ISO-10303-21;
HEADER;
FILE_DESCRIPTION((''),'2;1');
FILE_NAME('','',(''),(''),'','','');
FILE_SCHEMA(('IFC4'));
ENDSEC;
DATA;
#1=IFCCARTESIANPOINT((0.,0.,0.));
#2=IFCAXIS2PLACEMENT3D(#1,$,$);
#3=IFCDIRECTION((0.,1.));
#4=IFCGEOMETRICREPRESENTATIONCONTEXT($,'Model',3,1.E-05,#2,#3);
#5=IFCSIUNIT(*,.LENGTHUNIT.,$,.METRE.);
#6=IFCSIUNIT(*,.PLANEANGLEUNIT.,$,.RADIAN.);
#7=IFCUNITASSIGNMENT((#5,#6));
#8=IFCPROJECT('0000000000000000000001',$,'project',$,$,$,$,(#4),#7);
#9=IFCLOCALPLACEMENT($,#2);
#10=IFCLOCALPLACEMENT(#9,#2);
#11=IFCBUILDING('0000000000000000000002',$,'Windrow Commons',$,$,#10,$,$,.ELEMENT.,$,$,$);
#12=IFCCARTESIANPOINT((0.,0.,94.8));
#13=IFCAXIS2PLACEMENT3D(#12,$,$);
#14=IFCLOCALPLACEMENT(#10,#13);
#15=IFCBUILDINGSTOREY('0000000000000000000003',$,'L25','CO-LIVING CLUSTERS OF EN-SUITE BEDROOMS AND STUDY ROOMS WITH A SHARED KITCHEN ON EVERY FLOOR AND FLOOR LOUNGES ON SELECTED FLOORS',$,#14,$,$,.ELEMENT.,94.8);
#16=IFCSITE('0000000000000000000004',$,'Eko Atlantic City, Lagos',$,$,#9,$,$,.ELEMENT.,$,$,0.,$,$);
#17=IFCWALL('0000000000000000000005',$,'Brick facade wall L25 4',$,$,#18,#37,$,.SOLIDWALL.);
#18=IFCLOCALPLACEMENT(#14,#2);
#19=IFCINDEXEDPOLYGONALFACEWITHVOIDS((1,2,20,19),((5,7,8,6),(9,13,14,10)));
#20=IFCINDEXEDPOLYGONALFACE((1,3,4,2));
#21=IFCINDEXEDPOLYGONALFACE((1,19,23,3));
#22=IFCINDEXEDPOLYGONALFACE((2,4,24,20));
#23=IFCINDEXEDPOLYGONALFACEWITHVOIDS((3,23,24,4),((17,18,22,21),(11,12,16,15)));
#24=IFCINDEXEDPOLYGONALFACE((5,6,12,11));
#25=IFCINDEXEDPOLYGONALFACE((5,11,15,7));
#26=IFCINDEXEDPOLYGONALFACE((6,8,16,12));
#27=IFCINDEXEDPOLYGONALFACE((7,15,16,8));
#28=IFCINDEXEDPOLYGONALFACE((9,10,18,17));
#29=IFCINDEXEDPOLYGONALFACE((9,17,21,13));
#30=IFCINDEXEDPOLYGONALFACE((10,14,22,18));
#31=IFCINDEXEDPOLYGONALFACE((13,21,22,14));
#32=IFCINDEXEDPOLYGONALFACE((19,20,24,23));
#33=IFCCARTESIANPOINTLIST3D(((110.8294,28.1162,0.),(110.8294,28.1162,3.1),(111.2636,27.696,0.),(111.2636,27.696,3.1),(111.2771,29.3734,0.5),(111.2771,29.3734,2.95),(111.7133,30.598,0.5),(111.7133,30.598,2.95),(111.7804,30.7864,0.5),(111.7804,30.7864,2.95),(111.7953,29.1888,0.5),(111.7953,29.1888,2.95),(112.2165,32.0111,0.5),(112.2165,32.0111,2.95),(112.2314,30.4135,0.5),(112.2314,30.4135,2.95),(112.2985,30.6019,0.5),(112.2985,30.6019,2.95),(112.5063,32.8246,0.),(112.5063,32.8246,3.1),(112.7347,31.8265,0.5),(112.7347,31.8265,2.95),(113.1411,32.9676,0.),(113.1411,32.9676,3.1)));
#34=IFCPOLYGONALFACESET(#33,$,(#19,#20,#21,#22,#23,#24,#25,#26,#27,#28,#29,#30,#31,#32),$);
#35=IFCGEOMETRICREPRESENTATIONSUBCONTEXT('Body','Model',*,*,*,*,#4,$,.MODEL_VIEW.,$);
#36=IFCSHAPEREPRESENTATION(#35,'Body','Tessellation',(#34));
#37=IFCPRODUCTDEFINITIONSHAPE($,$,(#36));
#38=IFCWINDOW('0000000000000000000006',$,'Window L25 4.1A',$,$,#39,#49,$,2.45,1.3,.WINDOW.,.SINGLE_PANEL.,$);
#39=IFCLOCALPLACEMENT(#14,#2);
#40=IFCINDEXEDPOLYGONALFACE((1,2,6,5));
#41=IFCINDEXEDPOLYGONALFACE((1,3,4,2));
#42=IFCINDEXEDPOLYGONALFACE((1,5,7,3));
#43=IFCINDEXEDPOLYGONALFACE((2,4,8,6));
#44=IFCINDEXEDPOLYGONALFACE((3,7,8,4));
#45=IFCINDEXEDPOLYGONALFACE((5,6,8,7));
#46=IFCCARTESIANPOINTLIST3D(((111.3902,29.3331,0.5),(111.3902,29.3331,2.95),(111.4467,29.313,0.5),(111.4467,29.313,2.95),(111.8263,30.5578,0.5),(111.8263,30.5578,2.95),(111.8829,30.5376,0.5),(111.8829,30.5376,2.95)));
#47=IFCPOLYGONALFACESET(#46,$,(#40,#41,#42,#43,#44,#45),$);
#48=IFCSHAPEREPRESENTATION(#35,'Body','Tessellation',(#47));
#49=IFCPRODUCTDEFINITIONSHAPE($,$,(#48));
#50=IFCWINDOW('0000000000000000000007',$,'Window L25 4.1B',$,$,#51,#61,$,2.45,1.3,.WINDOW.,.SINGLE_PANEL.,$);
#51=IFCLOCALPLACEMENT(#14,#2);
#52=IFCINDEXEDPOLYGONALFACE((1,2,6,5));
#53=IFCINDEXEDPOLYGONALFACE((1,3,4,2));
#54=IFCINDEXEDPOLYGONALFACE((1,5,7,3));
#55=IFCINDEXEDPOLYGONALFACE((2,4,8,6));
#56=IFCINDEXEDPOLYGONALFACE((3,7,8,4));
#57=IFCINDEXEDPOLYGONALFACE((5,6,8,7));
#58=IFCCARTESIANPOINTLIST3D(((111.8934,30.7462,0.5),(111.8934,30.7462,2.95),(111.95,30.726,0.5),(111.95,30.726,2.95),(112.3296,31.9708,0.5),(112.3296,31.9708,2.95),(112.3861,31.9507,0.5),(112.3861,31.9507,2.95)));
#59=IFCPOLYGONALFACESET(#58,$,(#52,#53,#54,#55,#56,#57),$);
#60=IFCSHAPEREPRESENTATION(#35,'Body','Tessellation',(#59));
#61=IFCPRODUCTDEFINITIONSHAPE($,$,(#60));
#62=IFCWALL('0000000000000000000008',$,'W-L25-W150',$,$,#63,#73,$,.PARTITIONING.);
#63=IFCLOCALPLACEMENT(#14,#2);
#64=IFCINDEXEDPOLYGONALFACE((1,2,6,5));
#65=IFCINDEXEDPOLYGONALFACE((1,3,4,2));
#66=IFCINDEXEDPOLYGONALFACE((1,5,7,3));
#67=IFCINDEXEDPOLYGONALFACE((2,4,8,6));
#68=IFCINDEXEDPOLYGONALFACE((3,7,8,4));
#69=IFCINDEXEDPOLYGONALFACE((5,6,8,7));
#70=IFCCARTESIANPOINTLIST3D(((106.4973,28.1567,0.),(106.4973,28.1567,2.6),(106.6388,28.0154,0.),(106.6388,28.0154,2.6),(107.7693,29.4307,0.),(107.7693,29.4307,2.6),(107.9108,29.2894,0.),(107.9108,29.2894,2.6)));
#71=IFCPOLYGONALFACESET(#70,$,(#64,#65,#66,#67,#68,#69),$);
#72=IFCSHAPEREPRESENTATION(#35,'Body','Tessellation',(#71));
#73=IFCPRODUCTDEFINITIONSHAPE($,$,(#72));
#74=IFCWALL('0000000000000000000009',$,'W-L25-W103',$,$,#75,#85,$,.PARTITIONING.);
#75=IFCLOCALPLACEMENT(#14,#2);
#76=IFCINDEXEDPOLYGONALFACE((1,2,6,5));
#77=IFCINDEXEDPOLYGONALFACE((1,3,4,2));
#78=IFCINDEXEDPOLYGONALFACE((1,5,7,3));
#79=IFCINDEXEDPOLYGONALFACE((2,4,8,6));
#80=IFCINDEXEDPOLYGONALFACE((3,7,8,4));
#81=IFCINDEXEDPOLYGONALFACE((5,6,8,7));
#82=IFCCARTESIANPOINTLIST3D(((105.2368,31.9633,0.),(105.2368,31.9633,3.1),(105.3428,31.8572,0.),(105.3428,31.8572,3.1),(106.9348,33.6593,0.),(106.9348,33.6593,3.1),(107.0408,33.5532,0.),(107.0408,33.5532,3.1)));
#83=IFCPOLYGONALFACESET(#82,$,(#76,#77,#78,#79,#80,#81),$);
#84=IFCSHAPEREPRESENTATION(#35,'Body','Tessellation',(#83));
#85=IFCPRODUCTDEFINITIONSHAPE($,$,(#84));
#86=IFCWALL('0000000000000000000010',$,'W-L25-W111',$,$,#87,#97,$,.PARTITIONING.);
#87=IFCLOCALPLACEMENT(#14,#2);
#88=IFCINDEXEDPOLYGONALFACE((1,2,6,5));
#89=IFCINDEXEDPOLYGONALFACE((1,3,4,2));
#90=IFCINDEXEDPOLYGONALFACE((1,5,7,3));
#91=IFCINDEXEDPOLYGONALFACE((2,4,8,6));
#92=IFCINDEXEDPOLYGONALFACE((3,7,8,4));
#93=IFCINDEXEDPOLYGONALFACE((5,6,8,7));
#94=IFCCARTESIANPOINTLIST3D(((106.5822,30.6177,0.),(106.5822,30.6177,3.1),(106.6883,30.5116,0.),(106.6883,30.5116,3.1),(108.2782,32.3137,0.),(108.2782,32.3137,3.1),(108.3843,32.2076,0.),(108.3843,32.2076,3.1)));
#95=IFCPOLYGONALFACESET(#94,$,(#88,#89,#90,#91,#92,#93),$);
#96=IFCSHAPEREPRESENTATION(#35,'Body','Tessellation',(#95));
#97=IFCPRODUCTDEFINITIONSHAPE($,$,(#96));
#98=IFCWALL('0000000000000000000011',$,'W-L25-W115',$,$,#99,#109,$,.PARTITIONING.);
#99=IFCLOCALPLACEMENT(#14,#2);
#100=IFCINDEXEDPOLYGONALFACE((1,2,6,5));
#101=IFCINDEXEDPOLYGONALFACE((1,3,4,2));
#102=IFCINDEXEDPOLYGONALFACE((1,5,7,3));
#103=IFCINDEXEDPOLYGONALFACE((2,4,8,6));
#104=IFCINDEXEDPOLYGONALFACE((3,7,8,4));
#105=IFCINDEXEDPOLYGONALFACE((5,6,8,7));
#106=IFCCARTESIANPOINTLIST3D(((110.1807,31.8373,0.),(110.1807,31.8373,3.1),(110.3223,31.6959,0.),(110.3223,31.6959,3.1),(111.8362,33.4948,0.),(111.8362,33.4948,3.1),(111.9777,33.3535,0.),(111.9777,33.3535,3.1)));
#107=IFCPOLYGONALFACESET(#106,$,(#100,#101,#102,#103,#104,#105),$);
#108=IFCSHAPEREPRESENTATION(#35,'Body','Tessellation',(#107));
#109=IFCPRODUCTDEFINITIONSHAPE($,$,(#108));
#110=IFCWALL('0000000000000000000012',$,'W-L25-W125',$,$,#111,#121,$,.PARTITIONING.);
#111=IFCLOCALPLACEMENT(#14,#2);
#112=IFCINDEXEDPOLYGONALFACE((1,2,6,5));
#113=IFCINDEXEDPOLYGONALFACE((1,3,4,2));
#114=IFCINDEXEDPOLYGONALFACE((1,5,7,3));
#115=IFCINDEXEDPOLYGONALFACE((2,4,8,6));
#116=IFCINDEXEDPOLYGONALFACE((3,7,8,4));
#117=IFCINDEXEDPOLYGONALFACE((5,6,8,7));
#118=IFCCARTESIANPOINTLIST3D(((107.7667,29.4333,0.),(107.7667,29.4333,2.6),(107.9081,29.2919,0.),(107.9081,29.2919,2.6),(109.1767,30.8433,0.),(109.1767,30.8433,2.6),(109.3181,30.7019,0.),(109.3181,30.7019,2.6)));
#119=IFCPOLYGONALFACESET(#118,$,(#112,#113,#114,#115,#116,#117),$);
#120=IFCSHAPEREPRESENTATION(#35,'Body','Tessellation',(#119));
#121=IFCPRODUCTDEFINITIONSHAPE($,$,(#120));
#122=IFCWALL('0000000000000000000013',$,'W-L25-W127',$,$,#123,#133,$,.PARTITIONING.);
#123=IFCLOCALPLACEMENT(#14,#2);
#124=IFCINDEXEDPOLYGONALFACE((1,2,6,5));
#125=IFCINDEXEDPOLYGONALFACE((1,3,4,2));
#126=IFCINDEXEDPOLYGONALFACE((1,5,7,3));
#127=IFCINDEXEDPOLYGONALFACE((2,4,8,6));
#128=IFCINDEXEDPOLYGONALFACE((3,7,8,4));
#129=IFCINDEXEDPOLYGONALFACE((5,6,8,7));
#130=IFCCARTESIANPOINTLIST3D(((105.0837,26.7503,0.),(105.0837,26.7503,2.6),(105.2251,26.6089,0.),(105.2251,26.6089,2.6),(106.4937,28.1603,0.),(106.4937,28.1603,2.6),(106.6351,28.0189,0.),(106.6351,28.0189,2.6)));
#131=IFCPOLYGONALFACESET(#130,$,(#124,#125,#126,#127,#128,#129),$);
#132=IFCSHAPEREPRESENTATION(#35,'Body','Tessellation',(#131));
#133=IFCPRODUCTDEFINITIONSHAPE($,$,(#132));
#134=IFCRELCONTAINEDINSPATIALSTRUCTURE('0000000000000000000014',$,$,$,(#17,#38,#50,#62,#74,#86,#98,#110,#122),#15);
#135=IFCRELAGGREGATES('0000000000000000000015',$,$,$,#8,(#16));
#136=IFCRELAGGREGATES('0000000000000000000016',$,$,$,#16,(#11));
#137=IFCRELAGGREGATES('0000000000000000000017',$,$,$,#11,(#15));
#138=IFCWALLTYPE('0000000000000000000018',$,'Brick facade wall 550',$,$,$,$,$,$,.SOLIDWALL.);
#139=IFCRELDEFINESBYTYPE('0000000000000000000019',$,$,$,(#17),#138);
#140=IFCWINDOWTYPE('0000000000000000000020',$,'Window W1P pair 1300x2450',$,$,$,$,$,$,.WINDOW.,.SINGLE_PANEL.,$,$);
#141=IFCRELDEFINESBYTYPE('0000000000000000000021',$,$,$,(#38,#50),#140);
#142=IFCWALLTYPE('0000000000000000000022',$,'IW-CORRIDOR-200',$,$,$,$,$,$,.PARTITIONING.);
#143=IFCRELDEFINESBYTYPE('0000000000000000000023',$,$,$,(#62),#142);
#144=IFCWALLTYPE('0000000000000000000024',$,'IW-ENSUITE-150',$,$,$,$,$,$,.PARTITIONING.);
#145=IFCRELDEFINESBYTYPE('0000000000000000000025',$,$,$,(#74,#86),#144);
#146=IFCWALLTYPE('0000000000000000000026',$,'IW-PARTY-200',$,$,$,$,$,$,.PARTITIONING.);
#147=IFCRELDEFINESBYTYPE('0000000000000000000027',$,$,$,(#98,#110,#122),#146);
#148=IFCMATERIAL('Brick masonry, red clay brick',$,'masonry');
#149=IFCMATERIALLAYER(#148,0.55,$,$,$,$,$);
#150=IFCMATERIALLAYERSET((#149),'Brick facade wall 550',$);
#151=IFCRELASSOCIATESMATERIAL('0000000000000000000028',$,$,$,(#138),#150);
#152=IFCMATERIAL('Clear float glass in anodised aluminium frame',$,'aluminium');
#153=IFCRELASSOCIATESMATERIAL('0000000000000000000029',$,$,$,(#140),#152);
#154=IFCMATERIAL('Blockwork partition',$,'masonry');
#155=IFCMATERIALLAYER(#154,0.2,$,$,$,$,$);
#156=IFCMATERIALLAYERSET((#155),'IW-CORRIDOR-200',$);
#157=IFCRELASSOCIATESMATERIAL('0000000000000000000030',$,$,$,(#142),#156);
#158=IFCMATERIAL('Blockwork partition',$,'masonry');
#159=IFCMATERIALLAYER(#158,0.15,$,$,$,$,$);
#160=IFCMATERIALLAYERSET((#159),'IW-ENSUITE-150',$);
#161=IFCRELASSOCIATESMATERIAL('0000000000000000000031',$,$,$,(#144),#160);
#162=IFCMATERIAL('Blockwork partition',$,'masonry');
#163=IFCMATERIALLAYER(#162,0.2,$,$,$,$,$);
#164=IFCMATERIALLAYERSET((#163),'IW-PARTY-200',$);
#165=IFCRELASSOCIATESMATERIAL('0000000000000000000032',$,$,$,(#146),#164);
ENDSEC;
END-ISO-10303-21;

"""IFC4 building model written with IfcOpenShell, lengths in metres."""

from ifc_helpers import new_model, si_unit, direction, frame, frame_2d, origin, place, context, subcontext, project, spatial, polyline, rectangle, outline, extrude, material, layer, layer_set, type_object, element, fill, save


model = new_model("IFC4")

# Units and contexts
model_context = context("Model", 3, precision=1e-05, world=origin(), true_north=direction((0.0, 1.0)))
body_context = subcontext(model_context, "Body", "Model", "MODEL_VIEW")
ifc_project = project(units=[si_unit("LENGTHUNIT", "METRE"), si_unit("PLANEANGLEUNIT", "RADIAN")], contexts=[model_context])

# Site, building, storey
site_placement = place(None, origin())
site = spatial("IfcSite", under=ifc_project, at=site_placement, Name="Eko Atlantic City, Lagos", CompositionType="ELEMENT", RefElevation=0.0)
building_placement = place(site_placement, origin())
building = spatial("IfcBuilding", under=site, at=building_placement, Name="Windrow Commons", CompositionType="ELEMENT")
storey_placement = place(building_placement, frame((0.0, 0.0, 94.8)))
storey = spatial("IfcBuildingStorey", under=building, at=storey_placement, Name="L25", Description="CO-LIVING CLUSTERS OF EN-SUITE BEDROOMS AND STUDY ROOMS WITH A SHARED KITCHEN ON EVERY FLOOR AND FLOOR LOUNGES ON SELECTED FLOORS", CompositionType="ELEMENT", Elevation=94.8)

# Wall, openings, windows
ifc_material_1 = material(Name="Brick masonry, red clay brick", Category="masonry")
ifc_layer_1 = layer(ifc_material_1, 0.55)
ifc_layer_set_1 = layer_set([ifc_layer_1], Name="Brick facade wall 550")
wall_type_1 = type_object("IfcWallType", Name="Brick facade wall 550", PredefinedType="SOLIDWALL", material=ifc_layer_set_1)
ifc_material_2 = material(Name="Clear float glass in anodised aluminium frame", Category="aluminium")
window_type_1 = type_object("IfcWindowType", Name="Window W1P pair 1300x2450", PartitioningType="SINGLE_PANEL", PredefinedType="WINDOW", material=ifc_material_2)
wall_1_placement = place(storey_placement, frame((111.0465, 27.9061, 0.0), z_axis=(0.0, 0.0, 1.0), x_axis=(0.335503, 0.942039, 0.0)))
wall_1 = element("IfcWall", 1, at=wall_1_placement, inside=storey, type_object=wall_type_1, Name="Brick facade wall L25 4", PredefinedType="SOLIDWALL", context=body_context, shape_type="SweptSolid", body=[
    extrude(outline(polyline([(-0.1251, -0.275), (5.4709, -0.275), (5.1232, 0.275), (0.1251, 0.275), (-0.1251, -0.275)])), origin(), (0.0, 0.0, 1.0), 3.1),
])
opening_1_placement = place(wall_1_placement, frame((1.4596, 0.0, 0.5)))
opening_1 = element("IfcOpeningElement", 2, at=opening_1_placement, cuts=wall_1, PredefinedType="OPENING", context=body_context, shape_type="SweptSolid", body=[
    extrude(rectangle(XDim=1.3, YDim=2.45, at=frame_2d((0.65, 1.225))), frame((0.0, 0.285, 0.0), z_axis=(0.0, -1.0, 0.0), x_axis=(1.0, 0.0, 0.0)), (0.0, 0.0, 1.0), 0.57),
])
opening_2_placement = place(wall_1_placement, frame((2.9596, 0.0, 0.5)))
opening_2 = element("IfcOpeningElement", 3, at=opening_2_placement, cuts=wall_1, PredefinedType="OPENING", context=body_context, shape_type="SweptSolid", body=[
    extrude(rectangle(XDim=1.3, YDim=2.45, at=frame_2d((0.65, 1.225))), frame((0.0, 0.285, 0.0), z_axis=(0.0, -1.0, 0.0), x_axis=(1.0, 0.0, 0.0)), (0.0, 0.0, 1.0), 0.57),
])
window_1_placement = place(opening_1_placement, origin())
window_1 = element("IfcWindow", 4, at=window_1_placement, inside=storey, type_object=window_type_1, Name="Window L25 4.1A", OverallHeight=2.45, OverallWidth=1.3, PartitioningType="SINGLE_PANEL", PredefinedType="WINDOW", context=body_context, shape_type="SweptSolid", body=[
    extrude(rectangle(XDim=1.3, YDim=2.45, at=frame_2d((0.65, 1.225))), frame((0.0, 0.155, 0.0), z_axis=(0.0, -1.0, 0.0), x_axis=(1.0, 0.0, 0.0)), (0.0, 0.0, 1.0), 0.06),
])
fill(opening_1, window_1)
window_2_placement = place(opening_2_placement, origin())
window_2 = element("IfcWindow", 5, at=window_2_placement, inside=storey, type_object=window_type_1, Name="Window L25 4.1B", OverallHeight=2.45, OverallWidth=1.3, PartitioningType="SINGLE_PANEL", PredefinedType="WINDOW", context=body_context, shape_type="SweptSolid", body=[
    extrude(rectangle(XDim=1.3, YDim=2.45, at=frame_2d((0.65, 1.225))), frame((0.0, 0.155, 0.0), z_axis=(0.0, -1.0, 0.0), x_axis=(1.0, 0.0, 0.0)), (0.0, 0.0, 1.0), 0.06),
])
fill(opening_2, window_2)

# Walls
ifc_material_3 = material(Name="Blockwork partition", Category="masonry")
ifc_layer_2 = layer(ifc_material_3, 0.2)
ifc_layer_set_2 = layer_set([ifc_layer_2], Name="IW-CORRIDOR-200")
wall_type_2 = type_object("IfcWallType", Name="IW-CORRIDOR-200", PredefinedType="PARTITIONING", material=ifc_layer_set_2)
wall_2_placement = place(storey_placement, frame((106.568, 28.086, 0.0), z_axis=(0.0, 0.0, 1.0), x_axis=(0.706551, 0.707662, 0.0)))
element("IfcWall", 6, at=wall_2_placement, inside=storey, type_object=wall_type_2, Name="W-L25-W150", PredefinedType="PARTITIONING", context=body_context, shape_type="SweptSolid", body=[
    extrude(rectangle(XDim=1.8003, YDim=0.2, at=frame_2d((0.9002, 0.0))), origin(), (0.0, 0.0, 1.0), 2.6),
])
ifc_material_4 = material(Name="Blockwork partition", Category="masonry")
ifc_layer_3 = layer(ifc_material_4, 0.15)
ifc_layer_set_3 = layer_set([ifc_layer_3], Name="IW-ENSUITE-150")
wall_type_3 = type_object("IfcWallType", Name="IW-ENSUITE-150", PredefinedType="PARTITIONING", material=ifc_layer_set_3)
wall_3_placement = place(storey_placement, frame((105.2898, 31.9102, 0.0), z_axis=(0.0, 0.0, 1.0), x_axis=(0.707523, 0.70669, 0.0)))
element("IfcWall", 7, at=wall_3_placement, inside=storey, type_object=wall_type_3, Name="W-L25-W103", PredefinedType="PARTITIONING", context=body_context, shape_type="SweptSolid", body=[
    extrude(rectangle(XDim=2.3999, YDim=0.15, at=frame_2d((1.2, 0.0))), origin(), (0.0, 0.0, 1.0), 3.1),
])
wall_4_placement = place(storey_placement, frame((106.6353, 30.5647, 0.0), z_axis=(0.0, 0.0, 1.0), x_axis=(0.707107, 0.707107, 0.0)))
element("IfcWall", 8, at=wall_4_placement, inside=storey, type_object=wall_type_3, Name="W-L25-W111", PredefinedType="PARTITIONING", context=body_context, shape_type="SweptSolid", body=[
    extrude(rectangle(XDim=2.3985, YDim=0.15, at=frame_2d((1.1992, 0.0))), origin(), (0.0, 0.0, 1.0), 3.1),
])
ifc_material_5 = material(Name="Blockwork partition", Category="masonry")
ifc_layer_4 = layer(ifc_material_5, 0.2)
ifc_layer_set_4 = layer_set([ifc_layer_4], Name="IW-PARTY-200")
wall_type_4 = type_object("IfcWallType", Name="IW-PARTY-200", PredefinedType="PARTITIONING", material=ifc_layer_set_4)
wall_5_placement = place(storey_placement, frame((110.2515, 31.7666, 0.0), z_axis=(0.0, 0.0, 1.0), x_axis=(0.706658, 0.707555, 0.0)))
element("IfcWall", 9, at=wall_5_placement, inside=storey, type_object=wall_type_4, Name="W-L25-W115", PredefinedType="PARTITIONING", context=body_context, shape_type="SweptSolid", body=[
    extrude(rectangle(XDim=2.3426, YDim=0.2, at=frame_2d((1.1713, 0.0))), origin(), (0.0, 0.0, 1.0), 3.1),
])
for number, where, z_axis, x_axis, name in (
    (10, (107.8374, 29.3626, 0.0), (0.0, 0.0, 1.0), (0.707107, 0.707107, 0.0), "W-L25-W125"),
    (11, (105.1544, 26.6796, 0.0), (0.0, 0.0, 1.0), (0.707107, 0.707107, 0.0), "W-L25-W127"),
):
    element("IfcWall", number, at=place(storey_placement, frame(where, z_axis=z_axis, x_axis=x_axis)), inside=storey, type_object=wall_type_4, Name=name, PredefinedType="PARTITIONING", context=body_context, shape_type="SweptSolid", body=[
        extrude(rectangle(XDim=1.994, YDim=0.2, at=frame_2d((0.997, 0.0))), origin(), (0.0, 0.0, 1.0), 2.6),
    ])

save(model, "model.ifc")
